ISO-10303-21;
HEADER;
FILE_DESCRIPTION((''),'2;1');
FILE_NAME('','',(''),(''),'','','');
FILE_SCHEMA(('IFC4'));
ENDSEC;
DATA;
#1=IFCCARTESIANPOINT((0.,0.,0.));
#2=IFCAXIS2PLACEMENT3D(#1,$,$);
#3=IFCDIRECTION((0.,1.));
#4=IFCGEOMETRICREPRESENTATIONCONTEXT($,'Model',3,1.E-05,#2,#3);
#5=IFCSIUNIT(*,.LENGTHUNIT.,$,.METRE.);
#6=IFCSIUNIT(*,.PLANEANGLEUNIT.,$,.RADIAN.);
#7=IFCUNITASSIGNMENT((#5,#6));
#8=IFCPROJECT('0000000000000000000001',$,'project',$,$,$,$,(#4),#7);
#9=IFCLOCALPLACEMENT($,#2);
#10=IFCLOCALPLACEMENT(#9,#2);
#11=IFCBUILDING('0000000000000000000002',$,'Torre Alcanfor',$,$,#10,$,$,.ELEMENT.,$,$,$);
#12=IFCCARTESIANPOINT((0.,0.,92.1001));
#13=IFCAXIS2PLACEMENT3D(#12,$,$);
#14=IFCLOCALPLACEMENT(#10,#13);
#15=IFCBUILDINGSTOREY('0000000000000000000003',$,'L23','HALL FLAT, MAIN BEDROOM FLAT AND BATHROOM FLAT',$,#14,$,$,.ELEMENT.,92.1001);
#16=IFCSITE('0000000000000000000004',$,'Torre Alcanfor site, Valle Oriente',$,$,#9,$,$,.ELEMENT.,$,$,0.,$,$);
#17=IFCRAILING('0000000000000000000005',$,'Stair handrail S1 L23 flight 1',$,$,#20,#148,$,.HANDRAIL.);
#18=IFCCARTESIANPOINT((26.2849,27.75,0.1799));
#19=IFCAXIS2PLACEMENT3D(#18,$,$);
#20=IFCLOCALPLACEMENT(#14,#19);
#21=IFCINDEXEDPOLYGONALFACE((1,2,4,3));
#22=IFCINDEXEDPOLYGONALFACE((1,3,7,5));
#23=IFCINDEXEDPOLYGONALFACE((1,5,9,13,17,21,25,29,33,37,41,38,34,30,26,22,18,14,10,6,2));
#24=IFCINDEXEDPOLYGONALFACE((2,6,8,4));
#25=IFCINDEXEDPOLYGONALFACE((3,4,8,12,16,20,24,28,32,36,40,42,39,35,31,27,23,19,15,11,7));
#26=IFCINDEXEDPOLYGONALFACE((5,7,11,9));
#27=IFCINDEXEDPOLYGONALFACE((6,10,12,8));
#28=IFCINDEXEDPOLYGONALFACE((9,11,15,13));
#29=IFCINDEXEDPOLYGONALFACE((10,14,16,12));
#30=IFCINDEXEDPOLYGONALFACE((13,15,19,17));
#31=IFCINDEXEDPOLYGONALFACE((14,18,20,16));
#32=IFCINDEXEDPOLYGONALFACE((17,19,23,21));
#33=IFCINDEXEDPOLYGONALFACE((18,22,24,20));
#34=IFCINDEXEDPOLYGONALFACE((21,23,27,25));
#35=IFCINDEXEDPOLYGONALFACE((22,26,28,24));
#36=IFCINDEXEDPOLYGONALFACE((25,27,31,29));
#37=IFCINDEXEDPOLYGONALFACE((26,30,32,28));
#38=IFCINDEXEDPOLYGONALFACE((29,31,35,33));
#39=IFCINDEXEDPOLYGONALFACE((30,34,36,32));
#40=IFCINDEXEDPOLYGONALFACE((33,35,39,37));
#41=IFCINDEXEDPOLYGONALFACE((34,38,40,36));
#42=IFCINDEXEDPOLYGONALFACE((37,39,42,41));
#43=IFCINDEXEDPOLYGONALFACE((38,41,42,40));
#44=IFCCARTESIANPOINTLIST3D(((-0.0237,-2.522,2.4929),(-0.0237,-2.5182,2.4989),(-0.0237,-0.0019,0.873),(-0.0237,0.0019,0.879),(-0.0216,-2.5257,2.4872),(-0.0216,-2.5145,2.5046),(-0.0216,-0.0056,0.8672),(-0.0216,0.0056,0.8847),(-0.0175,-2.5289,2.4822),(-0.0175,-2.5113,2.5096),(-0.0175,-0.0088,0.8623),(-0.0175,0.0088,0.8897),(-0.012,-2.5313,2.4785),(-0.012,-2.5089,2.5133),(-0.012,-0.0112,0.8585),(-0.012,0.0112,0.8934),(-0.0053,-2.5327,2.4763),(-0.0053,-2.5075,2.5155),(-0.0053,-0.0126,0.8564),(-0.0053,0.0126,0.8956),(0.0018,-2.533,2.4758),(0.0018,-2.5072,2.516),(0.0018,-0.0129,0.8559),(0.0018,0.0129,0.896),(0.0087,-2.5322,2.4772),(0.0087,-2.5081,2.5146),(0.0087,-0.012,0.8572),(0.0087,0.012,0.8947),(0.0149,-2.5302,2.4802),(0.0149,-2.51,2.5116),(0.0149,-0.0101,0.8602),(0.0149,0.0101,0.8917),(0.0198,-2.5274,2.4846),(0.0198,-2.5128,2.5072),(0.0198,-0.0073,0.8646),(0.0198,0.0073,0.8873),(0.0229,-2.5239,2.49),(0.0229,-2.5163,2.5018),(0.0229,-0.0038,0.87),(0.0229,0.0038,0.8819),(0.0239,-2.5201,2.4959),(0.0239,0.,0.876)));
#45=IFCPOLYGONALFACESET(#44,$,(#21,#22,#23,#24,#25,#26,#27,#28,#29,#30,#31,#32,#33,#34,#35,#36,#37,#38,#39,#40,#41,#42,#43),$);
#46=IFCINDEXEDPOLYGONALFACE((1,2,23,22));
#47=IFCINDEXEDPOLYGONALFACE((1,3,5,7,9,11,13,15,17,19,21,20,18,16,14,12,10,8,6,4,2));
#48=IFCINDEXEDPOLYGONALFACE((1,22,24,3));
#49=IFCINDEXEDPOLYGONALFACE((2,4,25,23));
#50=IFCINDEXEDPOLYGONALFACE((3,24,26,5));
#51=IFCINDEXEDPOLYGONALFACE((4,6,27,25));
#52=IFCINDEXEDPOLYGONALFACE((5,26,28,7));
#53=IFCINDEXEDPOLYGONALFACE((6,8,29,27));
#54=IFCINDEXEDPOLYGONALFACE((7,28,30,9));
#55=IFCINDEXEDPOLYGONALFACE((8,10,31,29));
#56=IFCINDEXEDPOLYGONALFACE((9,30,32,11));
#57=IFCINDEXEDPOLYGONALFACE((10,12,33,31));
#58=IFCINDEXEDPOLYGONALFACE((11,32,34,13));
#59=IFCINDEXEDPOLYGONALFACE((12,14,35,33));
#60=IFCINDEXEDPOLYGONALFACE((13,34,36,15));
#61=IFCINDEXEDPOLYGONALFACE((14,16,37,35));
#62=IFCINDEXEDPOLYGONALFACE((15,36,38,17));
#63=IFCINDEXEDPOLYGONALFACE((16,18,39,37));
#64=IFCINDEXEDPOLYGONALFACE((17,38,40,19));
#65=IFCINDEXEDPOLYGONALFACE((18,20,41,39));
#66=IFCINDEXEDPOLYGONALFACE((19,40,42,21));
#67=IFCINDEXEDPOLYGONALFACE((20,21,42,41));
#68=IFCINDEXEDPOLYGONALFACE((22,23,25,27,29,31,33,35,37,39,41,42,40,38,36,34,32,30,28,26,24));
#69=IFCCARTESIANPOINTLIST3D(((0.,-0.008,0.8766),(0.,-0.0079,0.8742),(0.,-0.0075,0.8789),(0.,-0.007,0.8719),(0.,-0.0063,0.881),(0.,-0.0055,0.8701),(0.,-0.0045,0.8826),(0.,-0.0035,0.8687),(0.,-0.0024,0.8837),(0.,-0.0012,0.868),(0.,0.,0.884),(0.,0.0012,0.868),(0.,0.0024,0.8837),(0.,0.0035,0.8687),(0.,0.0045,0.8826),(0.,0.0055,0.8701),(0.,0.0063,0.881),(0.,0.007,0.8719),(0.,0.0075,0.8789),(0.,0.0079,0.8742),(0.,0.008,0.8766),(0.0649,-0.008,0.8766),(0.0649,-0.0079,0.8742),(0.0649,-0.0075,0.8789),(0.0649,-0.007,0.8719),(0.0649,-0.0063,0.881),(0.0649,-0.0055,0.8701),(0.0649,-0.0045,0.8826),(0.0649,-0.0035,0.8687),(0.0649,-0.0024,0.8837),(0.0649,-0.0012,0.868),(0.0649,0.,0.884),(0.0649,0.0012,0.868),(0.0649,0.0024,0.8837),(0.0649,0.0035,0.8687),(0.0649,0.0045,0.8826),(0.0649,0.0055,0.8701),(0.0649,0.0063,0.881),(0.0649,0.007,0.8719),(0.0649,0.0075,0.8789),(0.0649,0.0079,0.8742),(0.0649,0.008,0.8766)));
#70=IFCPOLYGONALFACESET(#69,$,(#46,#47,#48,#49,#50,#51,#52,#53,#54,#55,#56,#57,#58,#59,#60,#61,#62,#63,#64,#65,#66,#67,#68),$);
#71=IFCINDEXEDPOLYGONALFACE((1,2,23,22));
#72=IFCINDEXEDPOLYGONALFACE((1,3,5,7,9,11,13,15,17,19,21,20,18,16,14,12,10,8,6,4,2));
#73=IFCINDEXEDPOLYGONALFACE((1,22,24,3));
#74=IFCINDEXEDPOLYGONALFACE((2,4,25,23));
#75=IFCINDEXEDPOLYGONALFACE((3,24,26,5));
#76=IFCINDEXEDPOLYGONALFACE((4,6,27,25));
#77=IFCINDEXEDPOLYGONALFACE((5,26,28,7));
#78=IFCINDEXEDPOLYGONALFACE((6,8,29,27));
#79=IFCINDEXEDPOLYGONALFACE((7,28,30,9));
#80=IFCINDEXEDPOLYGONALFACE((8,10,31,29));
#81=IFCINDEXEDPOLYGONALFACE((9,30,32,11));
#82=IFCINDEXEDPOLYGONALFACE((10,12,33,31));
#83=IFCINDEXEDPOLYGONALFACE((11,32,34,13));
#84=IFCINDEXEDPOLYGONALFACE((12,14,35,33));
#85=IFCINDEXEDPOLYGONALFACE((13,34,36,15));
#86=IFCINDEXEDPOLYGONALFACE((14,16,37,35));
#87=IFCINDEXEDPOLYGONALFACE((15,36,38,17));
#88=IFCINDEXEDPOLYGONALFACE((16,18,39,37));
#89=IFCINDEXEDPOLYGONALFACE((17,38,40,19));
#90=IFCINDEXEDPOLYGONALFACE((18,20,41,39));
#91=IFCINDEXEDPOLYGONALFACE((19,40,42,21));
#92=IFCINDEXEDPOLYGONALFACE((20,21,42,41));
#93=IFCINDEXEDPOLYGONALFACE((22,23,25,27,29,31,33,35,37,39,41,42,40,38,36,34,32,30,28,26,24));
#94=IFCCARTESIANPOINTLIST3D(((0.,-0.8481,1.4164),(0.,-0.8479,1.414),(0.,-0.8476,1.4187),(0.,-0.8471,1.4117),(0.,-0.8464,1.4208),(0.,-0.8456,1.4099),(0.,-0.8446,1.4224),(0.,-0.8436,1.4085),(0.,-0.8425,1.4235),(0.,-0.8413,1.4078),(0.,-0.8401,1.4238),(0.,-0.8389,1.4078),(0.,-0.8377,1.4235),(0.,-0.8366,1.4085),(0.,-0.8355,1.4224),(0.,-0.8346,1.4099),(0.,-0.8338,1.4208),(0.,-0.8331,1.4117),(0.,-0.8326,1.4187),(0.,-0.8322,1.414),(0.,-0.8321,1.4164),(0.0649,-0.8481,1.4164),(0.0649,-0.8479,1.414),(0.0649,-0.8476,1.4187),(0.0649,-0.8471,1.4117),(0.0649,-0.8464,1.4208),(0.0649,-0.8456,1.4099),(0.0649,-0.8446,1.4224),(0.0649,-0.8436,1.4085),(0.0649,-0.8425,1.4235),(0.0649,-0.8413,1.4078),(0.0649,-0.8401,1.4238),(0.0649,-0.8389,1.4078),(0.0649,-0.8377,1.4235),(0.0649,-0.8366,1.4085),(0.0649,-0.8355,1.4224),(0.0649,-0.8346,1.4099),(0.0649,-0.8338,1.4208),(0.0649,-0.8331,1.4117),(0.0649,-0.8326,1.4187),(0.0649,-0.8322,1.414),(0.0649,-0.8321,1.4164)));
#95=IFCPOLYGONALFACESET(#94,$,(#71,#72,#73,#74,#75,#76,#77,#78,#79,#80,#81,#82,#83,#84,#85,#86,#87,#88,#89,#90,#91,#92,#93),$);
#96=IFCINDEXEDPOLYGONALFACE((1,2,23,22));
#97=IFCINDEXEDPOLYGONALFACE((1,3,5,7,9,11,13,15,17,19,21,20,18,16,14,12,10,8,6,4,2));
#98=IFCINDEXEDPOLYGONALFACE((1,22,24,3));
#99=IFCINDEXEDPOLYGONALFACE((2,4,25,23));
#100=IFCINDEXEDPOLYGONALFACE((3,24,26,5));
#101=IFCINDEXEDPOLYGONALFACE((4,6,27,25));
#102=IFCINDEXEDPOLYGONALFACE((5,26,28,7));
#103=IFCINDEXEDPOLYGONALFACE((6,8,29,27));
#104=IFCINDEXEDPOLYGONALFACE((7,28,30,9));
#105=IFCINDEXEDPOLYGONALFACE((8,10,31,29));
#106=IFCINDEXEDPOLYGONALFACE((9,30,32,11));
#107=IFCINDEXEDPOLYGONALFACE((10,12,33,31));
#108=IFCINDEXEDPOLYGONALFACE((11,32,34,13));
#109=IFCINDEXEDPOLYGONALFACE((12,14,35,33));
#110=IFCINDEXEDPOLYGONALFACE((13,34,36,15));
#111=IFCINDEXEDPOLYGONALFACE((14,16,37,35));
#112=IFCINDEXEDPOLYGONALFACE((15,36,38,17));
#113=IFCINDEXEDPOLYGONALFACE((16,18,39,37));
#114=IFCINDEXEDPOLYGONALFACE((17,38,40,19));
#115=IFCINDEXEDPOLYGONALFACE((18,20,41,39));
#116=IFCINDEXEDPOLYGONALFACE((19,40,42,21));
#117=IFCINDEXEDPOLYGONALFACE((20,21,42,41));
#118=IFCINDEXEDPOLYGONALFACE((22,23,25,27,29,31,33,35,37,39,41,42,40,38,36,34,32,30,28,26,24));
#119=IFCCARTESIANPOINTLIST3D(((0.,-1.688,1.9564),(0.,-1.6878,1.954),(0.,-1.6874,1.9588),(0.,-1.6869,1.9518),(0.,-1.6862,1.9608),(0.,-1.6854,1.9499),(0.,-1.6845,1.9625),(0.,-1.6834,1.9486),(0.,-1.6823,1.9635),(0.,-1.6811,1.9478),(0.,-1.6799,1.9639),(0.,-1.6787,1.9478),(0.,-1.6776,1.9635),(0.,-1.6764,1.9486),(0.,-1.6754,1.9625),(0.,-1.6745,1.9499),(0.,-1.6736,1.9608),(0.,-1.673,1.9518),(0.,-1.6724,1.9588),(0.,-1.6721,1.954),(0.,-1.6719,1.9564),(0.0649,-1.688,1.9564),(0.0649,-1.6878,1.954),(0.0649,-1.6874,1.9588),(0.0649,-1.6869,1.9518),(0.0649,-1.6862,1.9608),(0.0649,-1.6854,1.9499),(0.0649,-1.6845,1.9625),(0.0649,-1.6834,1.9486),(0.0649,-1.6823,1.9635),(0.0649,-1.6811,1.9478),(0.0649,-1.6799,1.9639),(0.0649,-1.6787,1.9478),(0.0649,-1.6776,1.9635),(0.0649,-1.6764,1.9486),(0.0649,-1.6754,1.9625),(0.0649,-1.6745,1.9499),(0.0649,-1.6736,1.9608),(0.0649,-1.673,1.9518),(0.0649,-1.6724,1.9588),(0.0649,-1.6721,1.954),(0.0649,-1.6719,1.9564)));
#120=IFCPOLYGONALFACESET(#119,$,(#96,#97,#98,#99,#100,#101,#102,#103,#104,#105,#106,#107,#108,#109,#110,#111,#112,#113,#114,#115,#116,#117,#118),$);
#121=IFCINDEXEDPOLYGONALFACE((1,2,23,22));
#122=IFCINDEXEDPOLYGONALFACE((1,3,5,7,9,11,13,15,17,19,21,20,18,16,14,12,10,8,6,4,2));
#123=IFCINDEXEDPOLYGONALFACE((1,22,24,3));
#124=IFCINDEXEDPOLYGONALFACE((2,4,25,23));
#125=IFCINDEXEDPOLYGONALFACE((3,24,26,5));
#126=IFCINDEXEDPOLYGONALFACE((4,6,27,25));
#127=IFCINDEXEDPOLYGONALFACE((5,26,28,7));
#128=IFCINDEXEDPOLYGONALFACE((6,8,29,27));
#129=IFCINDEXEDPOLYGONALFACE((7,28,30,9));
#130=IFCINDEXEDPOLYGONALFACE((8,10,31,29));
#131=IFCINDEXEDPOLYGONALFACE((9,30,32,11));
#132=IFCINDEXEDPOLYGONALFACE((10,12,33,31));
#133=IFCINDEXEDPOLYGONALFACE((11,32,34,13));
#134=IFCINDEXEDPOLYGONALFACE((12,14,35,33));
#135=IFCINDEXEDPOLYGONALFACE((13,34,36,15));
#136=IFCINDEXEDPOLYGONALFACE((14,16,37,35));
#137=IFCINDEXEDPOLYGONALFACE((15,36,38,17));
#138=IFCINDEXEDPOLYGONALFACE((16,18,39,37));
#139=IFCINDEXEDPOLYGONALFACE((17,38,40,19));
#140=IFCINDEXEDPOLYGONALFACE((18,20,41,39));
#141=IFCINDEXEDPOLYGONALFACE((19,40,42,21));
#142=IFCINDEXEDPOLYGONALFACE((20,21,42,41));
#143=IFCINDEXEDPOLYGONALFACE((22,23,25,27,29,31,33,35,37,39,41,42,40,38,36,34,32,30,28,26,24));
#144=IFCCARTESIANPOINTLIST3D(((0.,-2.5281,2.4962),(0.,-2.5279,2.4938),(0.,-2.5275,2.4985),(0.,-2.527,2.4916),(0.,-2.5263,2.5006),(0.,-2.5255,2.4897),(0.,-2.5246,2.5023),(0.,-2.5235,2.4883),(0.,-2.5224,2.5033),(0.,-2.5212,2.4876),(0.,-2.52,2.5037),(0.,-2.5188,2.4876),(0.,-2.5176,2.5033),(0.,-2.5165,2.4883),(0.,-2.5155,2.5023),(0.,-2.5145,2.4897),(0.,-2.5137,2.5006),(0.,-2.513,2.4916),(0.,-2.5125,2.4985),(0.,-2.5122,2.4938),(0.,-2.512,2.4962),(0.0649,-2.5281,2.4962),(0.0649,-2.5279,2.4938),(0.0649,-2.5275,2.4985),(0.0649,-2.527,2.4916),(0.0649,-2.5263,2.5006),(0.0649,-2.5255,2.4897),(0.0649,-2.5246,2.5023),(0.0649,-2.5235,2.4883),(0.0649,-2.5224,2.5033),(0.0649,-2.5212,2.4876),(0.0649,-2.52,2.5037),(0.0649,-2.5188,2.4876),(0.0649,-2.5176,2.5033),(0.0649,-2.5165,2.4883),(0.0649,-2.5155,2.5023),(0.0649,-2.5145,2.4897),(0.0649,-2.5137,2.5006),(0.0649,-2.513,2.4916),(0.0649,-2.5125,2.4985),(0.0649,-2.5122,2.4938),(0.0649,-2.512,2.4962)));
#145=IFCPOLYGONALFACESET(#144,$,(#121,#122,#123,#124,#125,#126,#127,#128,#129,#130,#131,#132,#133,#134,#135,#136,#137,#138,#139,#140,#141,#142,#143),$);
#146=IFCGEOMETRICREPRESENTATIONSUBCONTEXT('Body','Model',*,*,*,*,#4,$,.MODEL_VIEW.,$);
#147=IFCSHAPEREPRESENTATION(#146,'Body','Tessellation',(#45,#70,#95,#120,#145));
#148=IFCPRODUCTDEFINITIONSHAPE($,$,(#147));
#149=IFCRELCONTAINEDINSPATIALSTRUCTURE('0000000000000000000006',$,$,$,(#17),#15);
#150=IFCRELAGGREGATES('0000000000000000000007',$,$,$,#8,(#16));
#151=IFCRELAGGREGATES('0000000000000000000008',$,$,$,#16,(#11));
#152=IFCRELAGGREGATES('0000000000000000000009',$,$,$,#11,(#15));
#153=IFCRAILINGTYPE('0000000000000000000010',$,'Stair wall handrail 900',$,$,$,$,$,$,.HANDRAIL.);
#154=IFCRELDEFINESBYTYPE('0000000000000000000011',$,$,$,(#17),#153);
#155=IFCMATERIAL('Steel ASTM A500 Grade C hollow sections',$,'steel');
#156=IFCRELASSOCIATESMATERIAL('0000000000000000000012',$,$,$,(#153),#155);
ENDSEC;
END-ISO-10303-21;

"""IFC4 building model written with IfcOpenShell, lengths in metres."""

from ifc_helpers import new_model, si_unit, direction, frame, origin, origin_2d, place, context, subcontext, project, spatial, circle, extrude, material, type_object, element, save


model = new_model("IFC4")

# Units and contexts
model_context = context("Model", 3, precision=1e-05, world=origin(), true_north=direction((0.0, 1.0)))
body_context = subcontext(model_context, "Body", "Model", "MODEL_VIEW")
ifc_project = project(units=[si_unit("LENGTHUNIT", "METRE"), si_unit("PLANEANGLEUNIT", "RADIAN")], contexts=[model_context])

# Site, building, storey
site_placement = place(None, origin())
site = spatial("IfcSite", under=ifc_project, at=site_placement, Name="Torre Alcanfor site, Valle Oriente", CompositionType="ELEMENT", RefElevation=0.0)
building_placement = place(site_placement, origin())
building = spatial("IfcBuilding", under=site, at=building_placement, Name="Torre Alcanfor", CompositionType="ELEMENT")
storey_placement = place(building_placement, frame((0.0, 0.0, 92.1001)))
storey = spatial("IfcBuildingStorey", under=building, at=storey_placement, Name="L23", Description="HALL FLAT, MAIN BEDROOM FLAT AND BATHROOM FLAT", CompositionType="ELEMENT", Elevation=92.1001)

# Railing
ifc_material_1 = material(Name="Steel ASTM A500 Grade C hollow sections", Category="steel")
railing_type_1 = type_object("IfcRailingType", Name="Stair wall handrail 900", PredefinedType="HANDRAIL", material=ifc_material_1)
railing_1_placement = place(storey_placement, frame((26.2849, 27.75, 0.1799)))
element("IfcRailing", 1, at=railing_1_placement, inside=storey, type_object=railing_type_1, Name="Stair handrail S1 L23 flight 1", PredefinedType="HANDRAIL", context=body_context, shape_type="SweptSolid", body=[
    extrude(circle(Radius=0.0239, at=origin_2d()), frame((0.0, 0.0, 0.876), z_axis=(0.0, -0.8412, 0.540725), x_axis=(1.0, 0.0, 0.0)), (0.0, 0.0, 1.0), 2.9958),
    extrude(circle(Radius=0.0081, at=origin_2d()), frame((0.0, 0.0, 0.876), z_axis=(1.0, 0.0, 0.0), x_axis=(0.0, 0.0, 1.0)), (0.0, 0.0, 1.0), 0.0649),
    extrude(circle(Radius=0.0081, at=origin_2d()), frame((0.0, -0.8401, 1.4158), z_axis=(1.0, 0.0, 0.0), x_axis=(0.0, 0.0, 1.0)), (0.0, 0.0, 1.0), 0.0649),
    extrude(circle(Radius=0.0081, at=origin_2d()), frame((0.0, -1.6799, 1.9558), z_axis=(1.0, 0.0, 0.0), x_axis=(0.0, 0.0, 1.0)), (0.0, 0.0, 1.0), 0.0649),
    extrude(circle(Radius=0.0081, at=origin_2d()), frame((0.0, -2.52, 2.4956), z_axis=(1.0, 0.0, 0.0), x_axis=(0.0, 0.0, 1.0)), (0.0, 0.0, 1.0), 0.0649),
])

save(model, "model.ifc")
